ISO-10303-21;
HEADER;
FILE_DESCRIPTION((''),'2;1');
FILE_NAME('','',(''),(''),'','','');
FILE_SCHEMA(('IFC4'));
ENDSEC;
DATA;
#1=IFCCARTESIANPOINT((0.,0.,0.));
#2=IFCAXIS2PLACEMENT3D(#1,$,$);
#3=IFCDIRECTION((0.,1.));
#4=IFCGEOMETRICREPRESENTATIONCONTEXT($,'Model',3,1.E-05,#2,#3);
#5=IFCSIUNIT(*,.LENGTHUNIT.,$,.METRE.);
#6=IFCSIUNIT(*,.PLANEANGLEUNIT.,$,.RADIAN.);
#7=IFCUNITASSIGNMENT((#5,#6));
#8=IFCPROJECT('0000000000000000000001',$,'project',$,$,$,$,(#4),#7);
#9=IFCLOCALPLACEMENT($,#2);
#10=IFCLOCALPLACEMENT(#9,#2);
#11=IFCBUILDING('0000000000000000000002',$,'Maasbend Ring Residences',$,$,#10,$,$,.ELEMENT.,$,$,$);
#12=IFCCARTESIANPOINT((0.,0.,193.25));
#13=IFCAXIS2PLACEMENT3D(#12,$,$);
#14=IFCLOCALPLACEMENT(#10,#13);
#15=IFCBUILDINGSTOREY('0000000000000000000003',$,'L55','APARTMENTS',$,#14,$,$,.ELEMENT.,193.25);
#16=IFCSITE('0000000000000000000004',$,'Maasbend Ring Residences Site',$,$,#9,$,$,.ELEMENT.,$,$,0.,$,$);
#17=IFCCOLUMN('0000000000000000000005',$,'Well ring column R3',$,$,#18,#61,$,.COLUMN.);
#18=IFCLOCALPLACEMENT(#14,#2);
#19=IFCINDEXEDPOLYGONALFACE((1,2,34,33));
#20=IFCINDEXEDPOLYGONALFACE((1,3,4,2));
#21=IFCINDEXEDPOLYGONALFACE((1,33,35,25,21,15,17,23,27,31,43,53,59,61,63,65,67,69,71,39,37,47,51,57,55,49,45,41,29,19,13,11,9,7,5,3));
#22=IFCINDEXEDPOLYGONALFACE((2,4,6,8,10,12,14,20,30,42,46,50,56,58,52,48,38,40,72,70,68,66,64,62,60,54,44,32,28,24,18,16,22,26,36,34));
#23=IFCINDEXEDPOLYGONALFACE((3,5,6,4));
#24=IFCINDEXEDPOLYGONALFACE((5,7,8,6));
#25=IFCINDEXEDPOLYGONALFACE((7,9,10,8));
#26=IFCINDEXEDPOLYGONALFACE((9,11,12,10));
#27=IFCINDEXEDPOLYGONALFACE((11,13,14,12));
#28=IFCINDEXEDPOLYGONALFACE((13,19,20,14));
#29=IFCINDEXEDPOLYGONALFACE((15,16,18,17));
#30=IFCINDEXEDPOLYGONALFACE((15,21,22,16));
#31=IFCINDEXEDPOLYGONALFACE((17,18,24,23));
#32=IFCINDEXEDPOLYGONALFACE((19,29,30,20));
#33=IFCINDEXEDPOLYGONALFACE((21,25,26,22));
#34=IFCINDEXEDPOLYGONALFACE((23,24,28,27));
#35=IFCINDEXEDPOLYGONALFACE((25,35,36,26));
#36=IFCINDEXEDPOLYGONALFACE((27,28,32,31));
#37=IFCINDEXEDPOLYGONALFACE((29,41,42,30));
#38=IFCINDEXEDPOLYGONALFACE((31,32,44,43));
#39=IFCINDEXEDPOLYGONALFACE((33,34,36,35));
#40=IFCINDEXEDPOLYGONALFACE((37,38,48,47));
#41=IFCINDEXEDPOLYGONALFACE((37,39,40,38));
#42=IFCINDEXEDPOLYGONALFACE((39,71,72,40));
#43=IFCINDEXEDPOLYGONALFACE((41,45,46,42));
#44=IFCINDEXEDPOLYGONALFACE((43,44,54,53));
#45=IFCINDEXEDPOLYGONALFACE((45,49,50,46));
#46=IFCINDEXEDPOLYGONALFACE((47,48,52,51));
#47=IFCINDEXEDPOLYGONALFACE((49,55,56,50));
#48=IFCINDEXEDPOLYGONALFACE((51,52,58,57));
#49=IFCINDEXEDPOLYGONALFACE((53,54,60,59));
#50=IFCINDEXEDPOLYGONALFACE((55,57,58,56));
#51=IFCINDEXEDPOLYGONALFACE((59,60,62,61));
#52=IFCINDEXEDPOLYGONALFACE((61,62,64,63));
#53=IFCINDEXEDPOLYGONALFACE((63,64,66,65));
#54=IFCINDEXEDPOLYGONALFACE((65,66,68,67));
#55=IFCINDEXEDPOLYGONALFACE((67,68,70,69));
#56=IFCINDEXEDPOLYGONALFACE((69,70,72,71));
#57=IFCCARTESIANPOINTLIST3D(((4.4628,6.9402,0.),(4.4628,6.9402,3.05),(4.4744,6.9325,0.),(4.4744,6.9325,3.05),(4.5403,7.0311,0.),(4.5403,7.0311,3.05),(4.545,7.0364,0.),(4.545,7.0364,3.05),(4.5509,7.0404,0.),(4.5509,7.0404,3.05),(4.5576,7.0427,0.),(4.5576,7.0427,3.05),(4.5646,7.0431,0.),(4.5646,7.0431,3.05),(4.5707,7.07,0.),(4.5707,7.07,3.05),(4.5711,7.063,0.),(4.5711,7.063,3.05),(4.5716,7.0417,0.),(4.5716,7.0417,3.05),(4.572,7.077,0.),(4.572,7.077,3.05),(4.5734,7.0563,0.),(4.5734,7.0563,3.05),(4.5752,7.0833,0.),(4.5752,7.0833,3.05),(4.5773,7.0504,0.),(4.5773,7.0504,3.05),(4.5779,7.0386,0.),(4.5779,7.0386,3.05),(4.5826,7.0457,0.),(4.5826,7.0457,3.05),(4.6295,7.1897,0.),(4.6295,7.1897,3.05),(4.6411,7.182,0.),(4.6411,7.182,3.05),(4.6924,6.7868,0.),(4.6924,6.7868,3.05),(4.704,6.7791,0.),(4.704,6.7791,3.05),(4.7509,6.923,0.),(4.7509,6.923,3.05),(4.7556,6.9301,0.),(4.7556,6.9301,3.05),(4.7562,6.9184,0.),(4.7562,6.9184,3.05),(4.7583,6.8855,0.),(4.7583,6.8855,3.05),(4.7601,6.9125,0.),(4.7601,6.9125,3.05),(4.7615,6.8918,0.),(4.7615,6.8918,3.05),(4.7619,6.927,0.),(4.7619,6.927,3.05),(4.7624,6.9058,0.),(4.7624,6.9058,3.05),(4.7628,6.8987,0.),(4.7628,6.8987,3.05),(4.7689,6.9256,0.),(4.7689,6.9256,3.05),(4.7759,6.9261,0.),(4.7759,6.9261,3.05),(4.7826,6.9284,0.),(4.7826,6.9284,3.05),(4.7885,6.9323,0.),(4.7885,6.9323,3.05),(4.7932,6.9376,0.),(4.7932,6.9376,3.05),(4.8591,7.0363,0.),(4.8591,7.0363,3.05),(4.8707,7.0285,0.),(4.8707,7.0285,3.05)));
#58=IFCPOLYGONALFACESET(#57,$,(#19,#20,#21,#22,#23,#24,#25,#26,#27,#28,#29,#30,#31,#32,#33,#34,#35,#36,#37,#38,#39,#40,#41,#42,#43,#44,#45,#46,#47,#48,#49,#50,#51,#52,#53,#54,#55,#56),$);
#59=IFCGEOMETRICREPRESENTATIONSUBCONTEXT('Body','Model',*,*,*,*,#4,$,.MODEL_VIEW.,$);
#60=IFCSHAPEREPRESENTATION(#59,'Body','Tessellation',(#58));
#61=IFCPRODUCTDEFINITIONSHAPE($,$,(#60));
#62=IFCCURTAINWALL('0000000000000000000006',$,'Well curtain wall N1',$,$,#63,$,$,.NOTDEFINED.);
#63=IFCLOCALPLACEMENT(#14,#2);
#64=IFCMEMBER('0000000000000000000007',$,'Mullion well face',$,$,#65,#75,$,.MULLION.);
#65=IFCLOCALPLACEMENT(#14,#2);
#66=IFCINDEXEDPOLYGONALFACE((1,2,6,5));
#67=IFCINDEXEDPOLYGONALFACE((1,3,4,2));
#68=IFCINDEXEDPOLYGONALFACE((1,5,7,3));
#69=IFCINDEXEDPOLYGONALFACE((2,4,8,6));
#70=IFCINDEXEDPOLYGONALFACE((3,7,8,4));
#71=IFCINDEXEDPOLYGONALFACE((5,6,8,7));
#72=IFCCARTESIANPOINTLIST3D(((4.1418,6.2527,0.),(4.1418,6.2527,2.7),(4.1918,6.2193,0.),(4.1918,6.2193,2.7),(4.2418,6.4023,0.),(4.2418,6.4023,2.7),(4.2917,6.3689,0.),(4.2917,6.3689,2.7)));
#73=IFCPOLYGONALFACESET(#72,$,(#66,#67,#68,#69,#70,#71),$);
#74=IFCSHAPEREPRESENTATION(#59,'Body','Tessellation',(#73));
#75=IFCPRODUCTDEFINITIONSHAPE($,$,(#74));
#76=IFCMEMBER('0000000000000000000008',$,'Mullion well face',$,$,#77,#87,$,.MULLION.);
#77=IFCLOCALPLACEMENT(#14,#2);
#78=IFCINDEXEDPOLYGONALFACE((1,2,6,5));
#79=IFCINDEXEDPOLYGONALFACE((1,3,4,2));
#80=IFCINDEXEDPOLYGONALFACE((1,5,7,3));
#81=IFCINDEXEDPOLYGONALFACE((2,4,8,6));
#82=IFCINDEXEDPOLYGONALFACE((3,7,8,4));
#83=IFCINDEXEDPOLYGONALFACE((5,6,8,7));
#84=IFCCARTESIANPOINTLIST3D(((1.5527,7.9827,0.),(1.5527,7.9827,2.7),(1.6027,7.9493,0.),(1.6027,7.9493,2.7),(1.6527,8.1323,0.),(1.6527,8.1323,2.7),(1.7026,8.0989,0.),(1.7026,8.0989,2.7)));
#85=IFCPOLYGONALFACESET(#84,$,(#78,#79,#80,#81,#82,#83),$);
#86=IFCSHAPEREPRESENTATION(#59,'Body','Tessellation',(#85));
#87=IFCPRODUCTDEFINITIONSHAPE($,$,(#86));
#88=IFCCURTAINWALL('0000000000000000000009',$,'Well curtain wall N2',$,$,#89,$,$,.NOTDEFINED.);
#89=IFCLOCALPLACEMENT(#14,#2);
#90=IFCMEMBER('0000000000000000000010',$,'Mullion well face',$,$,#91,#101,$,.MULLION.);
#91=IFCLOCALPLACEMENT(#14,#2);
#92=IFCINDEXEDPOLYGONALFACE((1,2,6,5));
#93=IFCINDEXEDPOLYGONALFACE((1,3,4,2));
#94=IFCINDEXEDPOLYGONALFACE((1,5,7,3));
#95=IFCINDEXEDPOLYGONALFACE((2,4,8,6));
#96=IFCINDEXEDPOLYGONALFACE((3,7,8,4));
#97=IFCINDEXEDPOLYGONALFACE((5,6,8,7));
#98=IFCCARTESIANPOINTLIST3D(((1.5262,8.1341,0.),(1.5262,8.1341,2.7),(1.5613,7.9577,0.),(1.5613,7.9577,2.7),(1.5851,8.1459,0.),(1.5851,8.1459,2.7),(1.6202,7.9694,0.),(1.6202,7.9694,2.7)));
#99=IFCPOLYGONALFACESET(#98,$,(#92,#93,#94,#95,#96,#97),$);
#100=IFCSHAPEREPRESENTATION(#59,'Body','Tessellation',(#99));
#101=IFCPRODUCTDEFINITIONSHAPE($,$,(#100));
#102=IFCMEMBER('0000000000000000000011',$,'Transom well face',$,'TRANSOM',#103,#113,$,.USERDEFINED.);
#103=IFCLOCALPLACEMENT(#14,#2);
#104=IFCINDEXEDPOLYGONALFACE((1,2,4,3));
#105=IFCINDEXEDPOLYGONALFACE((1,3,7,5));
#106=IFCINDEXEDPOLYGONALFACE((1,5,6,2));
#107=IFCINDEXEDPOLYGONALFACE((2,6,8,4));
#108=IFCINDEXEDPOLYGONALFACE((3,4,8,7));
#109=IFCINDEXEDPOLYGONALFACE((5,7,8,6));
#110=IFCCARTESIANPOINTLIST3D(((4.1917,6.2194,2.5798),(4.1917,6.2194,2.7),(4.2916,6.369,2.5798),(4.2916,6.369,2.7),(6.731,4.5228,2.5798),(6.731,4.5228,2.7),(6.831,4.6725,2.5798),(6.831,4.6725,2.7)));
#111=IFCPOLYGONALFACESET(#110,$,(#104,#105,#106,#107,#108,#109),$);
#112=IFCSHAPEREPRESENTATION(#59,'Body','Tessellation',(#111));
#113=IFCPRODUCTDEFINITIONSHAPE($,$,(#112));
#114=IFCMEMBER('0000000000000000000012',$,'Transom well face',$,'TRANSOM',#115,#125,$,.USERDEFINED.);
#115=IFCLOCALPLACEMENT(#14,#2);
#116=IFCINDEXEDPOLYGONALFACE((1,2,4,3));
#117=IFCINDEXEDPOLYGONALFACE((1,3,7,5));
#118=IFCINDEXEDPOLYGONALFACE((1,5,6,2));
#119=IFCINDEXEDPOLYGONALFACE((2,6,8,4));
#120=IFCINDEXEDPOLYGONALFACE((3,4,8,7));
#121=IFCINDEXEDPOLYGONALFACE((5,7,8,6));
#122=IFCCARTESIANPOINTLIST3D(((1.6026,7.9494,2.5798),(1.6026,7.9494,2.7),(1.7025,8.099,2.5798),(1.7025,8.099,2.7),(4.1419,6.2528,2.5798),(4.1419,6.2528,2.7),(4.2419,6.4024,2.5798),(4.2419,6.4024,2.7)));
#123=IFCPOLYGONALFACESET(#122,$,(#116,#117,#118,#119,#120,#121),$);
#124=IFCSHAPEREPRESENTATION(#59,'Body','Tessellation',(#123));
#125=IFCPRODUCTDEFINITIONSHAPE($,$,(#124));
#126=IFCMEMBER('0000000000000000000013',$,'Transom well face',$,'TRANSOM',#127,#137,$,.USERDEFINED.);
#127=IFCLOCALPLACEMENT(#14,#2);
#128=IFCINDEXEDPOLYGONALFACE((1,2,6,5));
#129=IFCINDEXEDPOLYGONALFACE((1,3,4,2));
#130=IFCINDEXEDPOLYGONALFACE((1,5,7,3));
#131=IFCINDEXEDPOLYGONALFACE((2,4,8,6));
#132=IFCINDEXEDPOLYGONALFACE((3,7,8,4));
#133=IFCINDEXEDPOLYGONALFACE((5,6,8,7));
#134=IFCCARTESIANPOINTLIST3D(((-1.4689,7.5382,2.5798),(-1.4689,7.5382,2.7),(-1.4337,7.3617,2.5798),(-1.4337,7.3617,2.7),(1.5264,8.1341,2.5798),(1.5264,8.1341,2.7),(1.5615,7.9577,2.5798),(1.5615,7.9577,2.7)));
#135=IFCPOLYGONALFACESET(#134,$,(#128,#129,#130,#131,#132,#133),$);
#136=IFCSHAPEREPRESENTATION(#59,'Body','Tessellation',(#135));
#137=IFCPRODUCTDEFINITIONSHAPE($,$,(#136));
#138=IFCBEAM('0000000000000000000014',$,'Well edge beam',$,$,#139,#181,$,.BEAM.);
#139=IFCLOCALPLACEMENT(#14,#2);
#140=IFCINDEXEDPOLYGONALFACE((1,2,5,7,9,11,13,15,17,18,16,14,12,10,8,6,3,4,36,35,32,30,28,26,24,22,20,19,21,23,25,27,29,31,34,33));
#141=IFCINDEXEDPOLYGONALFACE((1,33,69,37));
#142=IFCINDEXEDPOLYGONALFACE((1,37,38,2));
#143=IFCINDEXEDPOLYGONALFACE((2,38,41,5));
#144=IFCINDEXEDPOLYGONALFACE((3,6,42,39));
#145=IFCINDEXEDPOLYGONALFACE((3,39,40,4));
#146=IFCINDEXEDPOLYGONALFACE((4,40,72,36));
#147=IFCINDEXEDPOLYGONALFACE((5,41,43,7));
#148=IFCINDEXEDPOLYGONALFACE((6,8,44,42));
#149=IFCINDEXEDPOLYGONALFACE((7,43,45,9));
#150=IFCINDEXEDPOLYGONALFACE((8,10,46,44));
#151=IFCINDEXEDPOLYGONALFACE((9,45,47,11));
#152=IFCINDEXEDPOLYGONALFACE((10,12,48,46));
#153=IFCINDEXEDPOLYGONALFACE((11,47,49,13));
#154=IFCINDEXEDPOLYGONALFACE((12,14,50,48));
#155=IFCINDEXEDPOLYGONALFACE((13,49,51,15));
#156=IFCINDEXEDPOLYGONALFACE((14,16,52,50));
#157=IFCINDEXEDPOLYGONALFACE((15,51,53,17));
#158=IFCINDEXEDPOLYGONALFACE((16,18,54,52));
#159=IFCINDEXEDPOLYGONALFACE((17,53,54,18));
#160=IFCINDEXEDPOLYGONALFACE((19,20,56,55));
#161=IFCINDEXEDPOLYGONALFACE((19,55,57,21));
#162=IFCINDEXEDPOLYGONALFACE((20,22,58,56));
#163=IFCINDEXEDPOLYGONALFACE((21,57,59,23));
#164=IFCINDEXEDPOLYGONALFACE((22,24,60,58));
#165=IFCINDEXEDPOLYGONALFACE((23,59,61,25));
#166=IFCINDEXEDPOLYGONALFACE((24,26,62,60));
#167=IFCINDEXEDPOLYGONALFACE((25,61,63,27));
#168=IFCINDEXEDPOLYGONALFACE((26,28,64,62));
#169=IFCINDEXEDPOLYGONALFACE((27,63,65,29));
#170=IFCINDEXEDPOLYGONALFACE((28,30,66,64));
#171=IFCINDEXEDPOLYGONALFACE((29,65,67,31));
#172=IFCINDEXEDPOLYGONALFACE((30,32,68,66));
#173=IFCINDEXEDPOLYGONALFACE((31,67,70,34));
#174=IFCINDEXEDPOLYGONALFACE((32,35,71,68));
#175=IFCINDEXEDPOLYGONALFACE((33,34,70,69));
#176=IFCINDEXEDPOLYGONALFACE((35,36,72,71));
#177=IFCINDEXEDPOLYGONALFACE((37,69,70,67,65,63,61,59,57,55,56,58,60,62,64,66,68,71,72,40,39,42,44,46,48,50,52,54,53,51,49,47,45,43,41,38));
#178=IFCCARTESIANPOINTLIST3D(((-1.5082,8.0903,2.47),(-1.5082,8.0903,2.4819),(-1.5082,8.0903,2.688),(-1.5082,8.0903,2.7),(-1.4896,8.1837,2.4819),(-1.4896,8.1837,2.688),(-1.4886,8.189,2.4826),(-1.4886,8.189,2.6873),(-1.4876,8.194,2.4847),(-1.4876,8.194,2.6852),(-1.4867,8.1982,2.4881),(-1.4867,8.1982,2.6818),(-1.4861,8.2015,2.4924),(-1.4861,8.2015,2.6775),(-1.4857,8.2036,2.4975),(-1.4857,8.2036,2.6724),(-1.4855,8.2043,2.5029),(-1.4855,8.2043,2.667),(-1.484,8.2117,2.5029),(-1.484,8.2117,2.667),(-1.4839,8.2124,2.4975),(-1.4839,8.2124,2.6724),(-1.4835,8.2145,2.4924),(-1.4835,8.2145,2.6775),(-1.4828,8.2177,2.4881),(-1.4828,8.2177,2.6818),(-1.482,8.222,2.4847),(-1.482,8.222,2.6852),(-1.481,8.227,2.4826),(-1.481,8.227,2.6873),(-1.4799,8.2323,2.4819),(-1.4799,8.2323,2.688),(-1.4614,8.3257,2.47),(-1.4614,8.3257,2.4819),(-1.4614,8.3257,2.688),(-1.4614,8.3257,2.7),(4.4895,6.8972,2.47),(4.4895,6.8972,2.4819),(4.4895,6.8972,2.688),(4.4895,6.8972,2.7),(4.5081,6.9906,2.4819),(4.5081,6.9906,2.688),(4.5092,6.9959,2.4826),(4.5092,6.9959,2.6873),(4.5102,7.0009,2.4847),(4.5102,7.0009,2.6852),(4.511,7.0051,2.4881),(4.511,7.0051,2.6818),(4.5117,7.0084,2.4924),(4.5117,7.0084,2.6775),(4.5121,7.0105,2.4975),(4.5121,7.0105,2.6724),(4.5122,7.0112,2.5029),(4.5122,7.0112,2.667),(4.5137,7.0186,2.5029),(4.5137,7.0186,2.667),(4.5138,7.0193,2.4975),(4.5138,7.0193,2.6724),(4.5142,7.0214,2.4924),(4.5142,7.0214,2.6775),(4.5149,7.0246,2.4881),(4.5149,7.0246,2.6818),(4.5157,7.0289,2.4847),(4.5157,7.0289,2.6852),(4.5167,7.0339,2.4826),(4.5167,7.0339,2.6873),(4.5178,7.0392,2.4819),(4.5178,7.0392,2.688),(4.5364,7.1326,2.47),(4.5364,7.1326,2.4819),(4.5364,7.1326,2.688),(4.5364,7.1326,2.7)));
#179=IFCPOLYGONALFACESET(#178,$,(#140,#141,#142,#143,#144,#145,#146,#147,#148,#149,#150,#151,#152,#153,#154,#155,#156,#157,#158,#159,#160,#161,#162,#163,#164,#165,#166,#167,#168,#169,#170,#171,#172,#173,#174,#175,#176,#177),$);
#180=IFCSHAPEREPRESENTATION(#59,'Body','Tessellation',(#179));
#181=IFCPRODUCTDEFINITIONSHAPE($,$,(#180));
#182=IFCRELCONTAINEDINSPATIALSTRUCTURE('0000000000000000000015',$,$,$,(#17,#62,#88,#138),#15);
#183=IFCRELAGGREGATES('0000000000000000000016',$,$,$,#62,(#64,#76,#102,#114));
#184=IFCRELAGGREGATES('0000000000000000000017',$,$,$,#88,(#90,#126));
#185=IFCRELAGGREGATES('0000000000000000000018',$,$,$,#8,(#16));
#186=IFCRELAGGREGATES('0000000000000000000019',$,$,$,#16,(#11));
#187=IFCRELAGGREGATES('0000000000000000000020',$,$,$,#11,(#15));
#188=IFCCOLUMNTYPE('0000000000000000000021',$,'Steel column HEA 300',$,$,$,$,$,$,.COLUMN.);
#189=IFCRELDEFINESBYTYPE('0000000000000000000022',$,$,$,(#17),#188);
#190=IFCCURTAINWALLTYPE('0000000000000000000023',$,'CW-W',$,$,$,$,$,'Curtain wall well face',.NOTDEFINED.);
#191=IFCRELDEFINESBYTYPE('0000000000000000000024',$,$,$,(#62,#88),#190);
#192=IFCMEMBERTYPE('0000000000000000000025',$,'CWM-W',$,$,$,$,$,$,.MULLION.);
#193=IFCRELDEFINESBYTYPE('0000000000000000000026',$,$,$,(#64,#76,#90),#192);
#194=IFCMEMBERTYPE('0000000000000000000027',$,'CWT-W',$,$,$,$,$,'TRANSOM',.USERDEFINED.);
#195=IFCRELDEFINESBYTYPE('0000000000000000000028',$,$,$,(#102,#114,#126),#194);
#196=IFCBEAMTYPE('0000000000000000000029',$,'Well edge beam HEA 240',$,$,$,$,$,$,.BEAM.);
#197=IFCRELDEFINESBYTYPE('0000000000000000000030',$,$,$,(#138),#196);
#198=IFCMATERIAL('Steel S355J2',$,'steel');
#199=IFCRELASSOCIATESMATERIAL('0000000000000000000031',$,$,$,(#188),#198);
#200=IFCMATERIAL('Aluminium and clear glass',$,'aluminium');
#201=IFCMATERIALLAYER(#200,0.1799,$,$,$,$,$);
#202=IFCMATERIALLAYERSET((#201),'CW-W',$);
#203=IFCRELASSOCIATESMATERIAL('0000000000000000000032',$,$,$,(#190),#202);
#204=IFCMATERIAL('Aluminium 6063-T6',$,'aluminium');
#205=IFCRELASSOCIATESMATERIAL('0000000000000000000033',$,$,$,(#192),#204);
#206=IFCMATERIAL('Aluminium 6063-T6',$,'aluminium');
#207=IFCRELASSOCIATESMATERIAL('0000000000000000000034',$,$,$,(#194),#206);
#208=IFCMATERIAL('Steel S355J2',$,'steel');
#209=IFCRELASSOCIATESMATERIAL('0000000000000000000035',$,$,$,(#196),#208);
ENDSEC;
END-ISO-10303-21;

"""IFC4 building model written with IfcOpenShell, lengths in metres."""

from ifc_helpers import new_model, si_unit, direction, frame, origin, origin_2d, place, context, subcontext, project, spatial, rectangle, i_section, extrude, material, layer, layer_set, material_profile, profile_set, type_object, element, aggregate, save


model = new_model("IFC4")

# Units and contexts
model_context = context("Model", 3, precision=1e-05, world=origin(), true_north=direction((0.0, 1.0)))
body_context = subcontext(model_context, "Body", "Model", "MODEL_VIEW")
ifc_project = project(units=[si_unit("LENGTHUNIT", "METRE"), si_unit("PLANEANGLEUNIT", "RADIAN")], contexts=[model_context])

# Site, building, storey
site_placement = place(None, origin())
site = spatial("IfcSite", under=ifc_project, at=site_placement, Name="Maasbend Ring Residences Site", CompositionType="ELEMENT", RefElevation=0.0)
building_placement = place(site_placement, origin())
building = spatial("IfcBuilding", under=site, at=building_placement, Name="Maasbend Ring Residences", CompositionType="ELEMENT")
storey_placement = place(building_placement, frame((0.0, 0.0, 193.25)))
storey = spatial("IfcBuildingStorey", under=building, at=storey_placement, Name="L55", Description="APARTMENTS", CompositionType="ELEMENT", Elevation=193.25)

# Column
ifc_material_1 = material(Name="Steel S355J2", Category="steel")
ifc_material_profile_1 = material_profile(ifc_material_1, i_section(OverallWidth=0.3, OverallDepth=0.29, WebThickness=0.0085, FlangeThickness=0.0139, FilletRadius=0.0271, at=origin_2d()), Name="HEA 300")
ifc_profile_set_1 = profile_set([ifc_material_profile_1], Name="Steel S355J2")
column_type = type_object("IfcColumnType", Name="Steel column HEA 300", PredefinedType="COLUMN", material=ifc_profile_set_1)
column_placement = place(storey_placement, frame((4.6667, 6.9844, 0.0), z_axis=(0.0, 0.0, 1.0), x_axis=(0.55557, 0.83147, 0.0)))
element("IfcColumn", 1, at=column_placement, inside=storey, type_object=column_type, Name="Well ring column R3", PredefinedType="COLUMN", context=body_context, shape_type="SweptSolid", body=[
    extrude(i_section(OverallWidth=0.3, OverallDepth=0.29, WebThickness=0.0085, FlangeThickness=0.0139, FilletRadius=0.0271, at=origin_2d()), origin(), (0.0, 0.0, 1.0), 3.05),
])

# Curtain wall, members
ifc_material_2 = material(Name="Aluminium and clear glass", Category="aluminium")
ifc_layer_1 = layer(ifc_material_2, 0.1799)
ifc_layer_set_1 = layer_set([ifc_layer_1], Name="CW-W")
curtain_wall_type = type_object("IfcCurtainWallType", Name="CW-W", ElementType="Curtain wall well face", PredefinedType="NOTDEFINED", material=ifc_layer_set_1)
curtain_wall_1_placement = place(storey_placement, origin())
curtain_wall_1 = element("IfcCurtainWall", 2, at=curtain_wall_1_placement, inside=storey, type_object=curtain_wall_type, Name="Well curtain wall N1", PredefinedType="NOTDEFINED")
ifc_material_3 = material(Name="Aluminium 6063-T6", Category="aluminium")
ifc_material_profile_2 = material_profile(ifc_material_3, rectangle(XDim=0.1799, YDim=0.0601, at=origin_2d()), Name="AL 180x60")
ifc_profile_set_2 = profile_set([ifc_material_profile_2], Name="Aluminium 6063-T6")
member_type_1 = type_object("IfcMemberType", Name="CWM-W", PredefinedType="MULLION", material=ifc_profile_set_2)
member_1_placement = place(storey_placement, frame((4.2168, 6.3108, 0.0), z_axis=(0.0, 0.0, 1.0), x_axis=(-0.55557, -0.83147, 0.0)))
member_1 = element("IfcMember", 3, at=member_1_placement, type_object=member_type_1, Name="Mullion well face", PredefinedType="MULLION", context=body_context, shape_type="SweptSolid", body=[
    extrude(rectangle(XDim=0.1799, YDim=0.0601, at=origin_2d()), origin(), (0.0, 0.0, 1.0), 2.7),
])
member_2_placement = place(storey_placement, frame((1.6277, 8.0408, 0.0), z_axis=(0.0, 0.0, 1.0), x_axis=(-0.55557, -0.83147, 0.0)))
member_2 = element("IfcMember", 4, at=member_2_placement, type_object=member_type_1, Name="Mullion well face", PredefinedType="MULLION", context=body_context, shape_type="SweptSolid", body=[
    extrude(rectangle(XDim=0.1799, YDim=0.0601, at=origin_2d()), origin(), (0.0, 0.0, 1.0), 2.7),
])

# Curtain wall, member
curtain_wall_2_placement = place(storey_placement, origin())
curtain_wall_2 = element("IfcCurtainWall", 5, at=curtain_wall_2_placement, inside=storey, type_object=curtain_wall_type, Name="Well curtain wall N2", PredefinedType="NOTDEFINED")
member_3_placement = place(storey_placement, frame((1.5732, 8.0518, 0.0), z_axis=(0.0, 0.0, 1.0), x_axis=(0.19509, -0.980785, 0.0)))
member_3 = element("IfcMember", 6, at=member_3_placement, type_object=member_type_1, Name="Mullion well face", PredefinedType="MULLION", context=body_context, shape_type="SweptSolid", body=[
    extrude(rectangle(XDim=0.1799, YDim=0.0601, at=origin_2d()), origin(), (0.0, 0.0, 1.0), 2.7),
])

# Members
ifc_material_4 = material(Name="Aluminium 6063-T6", Category="aluminium")
ifc_material_profile_3 = material_profile(ifc_material_4, rectangle(XDim=0.1799, YDim=0.1201, at=origin_2d()), Name="AL 180x120")
ifc_profile_set_3 = profile_set([ifc_material_profile_3], Name="Aluminium 6063-T6")
member_type_2 = type_object("IfcMemberType", Name="CWT-W", ElementType="TRANSOM", PredefinedType="USERDEFINED", material=ifc_profile_set_3)
member_4_placement = place(storey_placement, frame((6.781, 4.5977, 2.6399), z_axis=(-0.831496, 0.55553, 0.0), x_axis=(-0.55553, -0.831496, 0.0)))
member_4 = element("IfcMember", 7, at=member_4_placement, type_object=member_type_2, Name="Transom well face", ObjectType="TRANSOM", PredefinedType="USERDEFINED", context=body_context, shape_type="SweptSolid", body=[
    extrude(rectangle(XDim=0.1799, YDim=0.1201, at=origin_2d()), origin(), (0.0, 0.0, 1.0), 3.054),
])
member_5_placement = place(storey_placement, frame((4.1919, 6.3276, 2.6399), z_axis=(-0.831496, 0.55553, 0.0), x_axis=(-0.55553, -0.831496, 0.0)))
member_5 = element("IfcMember", 8, at=member_5_placement, type_object=member_type_2, Name="Transom well face", ObjectType="TRANSOM", PredefinedType="USERDEFINED", context=body_context, shape_type="SweptSolid", body=[
    extrude(rectangle(XDim=0.1799, YDim=0.1201, at=origin_2d()), origin(), (0.0, 0.0, 1.0), 3.054),
])
member_6_placement = place(storey_placement, frame((1.5439, 8.0459, 2.6399), z_axis=(-0.980777, -0.195132, 0.0), x_axis=(0.195132, -0.980777, 0.0)))
member_6 = element("IfcMember", 9, at=member_6_placement, type_object=member_type_2, Name="Transom well face", ObjectType="TRANSOM", PredefinedType="USERDEFINED", context=body_context, shape_type="SweptSolid", body=[
    extrude(rectangle(XDim=0.1799, YDim=0.1201, at=origin_2d()), origin(), (0.0, 0.0, 1.0), 3.054),
])

# Beam
ifc_material_5 = material(Name="Steel S355J2", Category="steel")
ifc_material_profile_4 = material_profile(ifc_material_5, i_section(OverallWidth=0.24, OverallDepth=0.23, WebThickness=0.0076, FlangeThickness=0.012, FilletRadius=0.021, at=origin_2d()), Name="HEA 240")
ifc_profile_set_4 = profile_set([ifc_material_profile_4], Name="Steel S355J2")
beam_type = type_object("IfcBeamType", Name="Well edge beam HEA 240", PredefinedType="BEAM", material=ifc_profile_set_4)
beam_placement = place(storey_placement, frame((4.5129, 7.0149, 2.585), z_axis=(-0.980783, 0.195103, 0.0), x_axis=(-0.195103, -0.980783, 0.0)))
element("IfcBeam", 10, at=beam_placement, inside=storey, type_object=beam_type, Name="Well edge beam", PredefinedType="BEAM", context=body_context, shape_type="SweptSolid", body=[
    extrude(i_section(OverallWidth=0.24, OverallDepth=0.23, WebThickness=0.0076, FlangeThickness=0.012, FilletRadius=0.021, at=origin_2d()), origin(), (0.0, 0.0, 1.0), 6.1152),
])

aggregate(curtain_wall_1, [member_1, member_2, member_4, member_5])
aggregate(curtain_wall_2, [member_3, member_6])

save(model, "model.ifc")
